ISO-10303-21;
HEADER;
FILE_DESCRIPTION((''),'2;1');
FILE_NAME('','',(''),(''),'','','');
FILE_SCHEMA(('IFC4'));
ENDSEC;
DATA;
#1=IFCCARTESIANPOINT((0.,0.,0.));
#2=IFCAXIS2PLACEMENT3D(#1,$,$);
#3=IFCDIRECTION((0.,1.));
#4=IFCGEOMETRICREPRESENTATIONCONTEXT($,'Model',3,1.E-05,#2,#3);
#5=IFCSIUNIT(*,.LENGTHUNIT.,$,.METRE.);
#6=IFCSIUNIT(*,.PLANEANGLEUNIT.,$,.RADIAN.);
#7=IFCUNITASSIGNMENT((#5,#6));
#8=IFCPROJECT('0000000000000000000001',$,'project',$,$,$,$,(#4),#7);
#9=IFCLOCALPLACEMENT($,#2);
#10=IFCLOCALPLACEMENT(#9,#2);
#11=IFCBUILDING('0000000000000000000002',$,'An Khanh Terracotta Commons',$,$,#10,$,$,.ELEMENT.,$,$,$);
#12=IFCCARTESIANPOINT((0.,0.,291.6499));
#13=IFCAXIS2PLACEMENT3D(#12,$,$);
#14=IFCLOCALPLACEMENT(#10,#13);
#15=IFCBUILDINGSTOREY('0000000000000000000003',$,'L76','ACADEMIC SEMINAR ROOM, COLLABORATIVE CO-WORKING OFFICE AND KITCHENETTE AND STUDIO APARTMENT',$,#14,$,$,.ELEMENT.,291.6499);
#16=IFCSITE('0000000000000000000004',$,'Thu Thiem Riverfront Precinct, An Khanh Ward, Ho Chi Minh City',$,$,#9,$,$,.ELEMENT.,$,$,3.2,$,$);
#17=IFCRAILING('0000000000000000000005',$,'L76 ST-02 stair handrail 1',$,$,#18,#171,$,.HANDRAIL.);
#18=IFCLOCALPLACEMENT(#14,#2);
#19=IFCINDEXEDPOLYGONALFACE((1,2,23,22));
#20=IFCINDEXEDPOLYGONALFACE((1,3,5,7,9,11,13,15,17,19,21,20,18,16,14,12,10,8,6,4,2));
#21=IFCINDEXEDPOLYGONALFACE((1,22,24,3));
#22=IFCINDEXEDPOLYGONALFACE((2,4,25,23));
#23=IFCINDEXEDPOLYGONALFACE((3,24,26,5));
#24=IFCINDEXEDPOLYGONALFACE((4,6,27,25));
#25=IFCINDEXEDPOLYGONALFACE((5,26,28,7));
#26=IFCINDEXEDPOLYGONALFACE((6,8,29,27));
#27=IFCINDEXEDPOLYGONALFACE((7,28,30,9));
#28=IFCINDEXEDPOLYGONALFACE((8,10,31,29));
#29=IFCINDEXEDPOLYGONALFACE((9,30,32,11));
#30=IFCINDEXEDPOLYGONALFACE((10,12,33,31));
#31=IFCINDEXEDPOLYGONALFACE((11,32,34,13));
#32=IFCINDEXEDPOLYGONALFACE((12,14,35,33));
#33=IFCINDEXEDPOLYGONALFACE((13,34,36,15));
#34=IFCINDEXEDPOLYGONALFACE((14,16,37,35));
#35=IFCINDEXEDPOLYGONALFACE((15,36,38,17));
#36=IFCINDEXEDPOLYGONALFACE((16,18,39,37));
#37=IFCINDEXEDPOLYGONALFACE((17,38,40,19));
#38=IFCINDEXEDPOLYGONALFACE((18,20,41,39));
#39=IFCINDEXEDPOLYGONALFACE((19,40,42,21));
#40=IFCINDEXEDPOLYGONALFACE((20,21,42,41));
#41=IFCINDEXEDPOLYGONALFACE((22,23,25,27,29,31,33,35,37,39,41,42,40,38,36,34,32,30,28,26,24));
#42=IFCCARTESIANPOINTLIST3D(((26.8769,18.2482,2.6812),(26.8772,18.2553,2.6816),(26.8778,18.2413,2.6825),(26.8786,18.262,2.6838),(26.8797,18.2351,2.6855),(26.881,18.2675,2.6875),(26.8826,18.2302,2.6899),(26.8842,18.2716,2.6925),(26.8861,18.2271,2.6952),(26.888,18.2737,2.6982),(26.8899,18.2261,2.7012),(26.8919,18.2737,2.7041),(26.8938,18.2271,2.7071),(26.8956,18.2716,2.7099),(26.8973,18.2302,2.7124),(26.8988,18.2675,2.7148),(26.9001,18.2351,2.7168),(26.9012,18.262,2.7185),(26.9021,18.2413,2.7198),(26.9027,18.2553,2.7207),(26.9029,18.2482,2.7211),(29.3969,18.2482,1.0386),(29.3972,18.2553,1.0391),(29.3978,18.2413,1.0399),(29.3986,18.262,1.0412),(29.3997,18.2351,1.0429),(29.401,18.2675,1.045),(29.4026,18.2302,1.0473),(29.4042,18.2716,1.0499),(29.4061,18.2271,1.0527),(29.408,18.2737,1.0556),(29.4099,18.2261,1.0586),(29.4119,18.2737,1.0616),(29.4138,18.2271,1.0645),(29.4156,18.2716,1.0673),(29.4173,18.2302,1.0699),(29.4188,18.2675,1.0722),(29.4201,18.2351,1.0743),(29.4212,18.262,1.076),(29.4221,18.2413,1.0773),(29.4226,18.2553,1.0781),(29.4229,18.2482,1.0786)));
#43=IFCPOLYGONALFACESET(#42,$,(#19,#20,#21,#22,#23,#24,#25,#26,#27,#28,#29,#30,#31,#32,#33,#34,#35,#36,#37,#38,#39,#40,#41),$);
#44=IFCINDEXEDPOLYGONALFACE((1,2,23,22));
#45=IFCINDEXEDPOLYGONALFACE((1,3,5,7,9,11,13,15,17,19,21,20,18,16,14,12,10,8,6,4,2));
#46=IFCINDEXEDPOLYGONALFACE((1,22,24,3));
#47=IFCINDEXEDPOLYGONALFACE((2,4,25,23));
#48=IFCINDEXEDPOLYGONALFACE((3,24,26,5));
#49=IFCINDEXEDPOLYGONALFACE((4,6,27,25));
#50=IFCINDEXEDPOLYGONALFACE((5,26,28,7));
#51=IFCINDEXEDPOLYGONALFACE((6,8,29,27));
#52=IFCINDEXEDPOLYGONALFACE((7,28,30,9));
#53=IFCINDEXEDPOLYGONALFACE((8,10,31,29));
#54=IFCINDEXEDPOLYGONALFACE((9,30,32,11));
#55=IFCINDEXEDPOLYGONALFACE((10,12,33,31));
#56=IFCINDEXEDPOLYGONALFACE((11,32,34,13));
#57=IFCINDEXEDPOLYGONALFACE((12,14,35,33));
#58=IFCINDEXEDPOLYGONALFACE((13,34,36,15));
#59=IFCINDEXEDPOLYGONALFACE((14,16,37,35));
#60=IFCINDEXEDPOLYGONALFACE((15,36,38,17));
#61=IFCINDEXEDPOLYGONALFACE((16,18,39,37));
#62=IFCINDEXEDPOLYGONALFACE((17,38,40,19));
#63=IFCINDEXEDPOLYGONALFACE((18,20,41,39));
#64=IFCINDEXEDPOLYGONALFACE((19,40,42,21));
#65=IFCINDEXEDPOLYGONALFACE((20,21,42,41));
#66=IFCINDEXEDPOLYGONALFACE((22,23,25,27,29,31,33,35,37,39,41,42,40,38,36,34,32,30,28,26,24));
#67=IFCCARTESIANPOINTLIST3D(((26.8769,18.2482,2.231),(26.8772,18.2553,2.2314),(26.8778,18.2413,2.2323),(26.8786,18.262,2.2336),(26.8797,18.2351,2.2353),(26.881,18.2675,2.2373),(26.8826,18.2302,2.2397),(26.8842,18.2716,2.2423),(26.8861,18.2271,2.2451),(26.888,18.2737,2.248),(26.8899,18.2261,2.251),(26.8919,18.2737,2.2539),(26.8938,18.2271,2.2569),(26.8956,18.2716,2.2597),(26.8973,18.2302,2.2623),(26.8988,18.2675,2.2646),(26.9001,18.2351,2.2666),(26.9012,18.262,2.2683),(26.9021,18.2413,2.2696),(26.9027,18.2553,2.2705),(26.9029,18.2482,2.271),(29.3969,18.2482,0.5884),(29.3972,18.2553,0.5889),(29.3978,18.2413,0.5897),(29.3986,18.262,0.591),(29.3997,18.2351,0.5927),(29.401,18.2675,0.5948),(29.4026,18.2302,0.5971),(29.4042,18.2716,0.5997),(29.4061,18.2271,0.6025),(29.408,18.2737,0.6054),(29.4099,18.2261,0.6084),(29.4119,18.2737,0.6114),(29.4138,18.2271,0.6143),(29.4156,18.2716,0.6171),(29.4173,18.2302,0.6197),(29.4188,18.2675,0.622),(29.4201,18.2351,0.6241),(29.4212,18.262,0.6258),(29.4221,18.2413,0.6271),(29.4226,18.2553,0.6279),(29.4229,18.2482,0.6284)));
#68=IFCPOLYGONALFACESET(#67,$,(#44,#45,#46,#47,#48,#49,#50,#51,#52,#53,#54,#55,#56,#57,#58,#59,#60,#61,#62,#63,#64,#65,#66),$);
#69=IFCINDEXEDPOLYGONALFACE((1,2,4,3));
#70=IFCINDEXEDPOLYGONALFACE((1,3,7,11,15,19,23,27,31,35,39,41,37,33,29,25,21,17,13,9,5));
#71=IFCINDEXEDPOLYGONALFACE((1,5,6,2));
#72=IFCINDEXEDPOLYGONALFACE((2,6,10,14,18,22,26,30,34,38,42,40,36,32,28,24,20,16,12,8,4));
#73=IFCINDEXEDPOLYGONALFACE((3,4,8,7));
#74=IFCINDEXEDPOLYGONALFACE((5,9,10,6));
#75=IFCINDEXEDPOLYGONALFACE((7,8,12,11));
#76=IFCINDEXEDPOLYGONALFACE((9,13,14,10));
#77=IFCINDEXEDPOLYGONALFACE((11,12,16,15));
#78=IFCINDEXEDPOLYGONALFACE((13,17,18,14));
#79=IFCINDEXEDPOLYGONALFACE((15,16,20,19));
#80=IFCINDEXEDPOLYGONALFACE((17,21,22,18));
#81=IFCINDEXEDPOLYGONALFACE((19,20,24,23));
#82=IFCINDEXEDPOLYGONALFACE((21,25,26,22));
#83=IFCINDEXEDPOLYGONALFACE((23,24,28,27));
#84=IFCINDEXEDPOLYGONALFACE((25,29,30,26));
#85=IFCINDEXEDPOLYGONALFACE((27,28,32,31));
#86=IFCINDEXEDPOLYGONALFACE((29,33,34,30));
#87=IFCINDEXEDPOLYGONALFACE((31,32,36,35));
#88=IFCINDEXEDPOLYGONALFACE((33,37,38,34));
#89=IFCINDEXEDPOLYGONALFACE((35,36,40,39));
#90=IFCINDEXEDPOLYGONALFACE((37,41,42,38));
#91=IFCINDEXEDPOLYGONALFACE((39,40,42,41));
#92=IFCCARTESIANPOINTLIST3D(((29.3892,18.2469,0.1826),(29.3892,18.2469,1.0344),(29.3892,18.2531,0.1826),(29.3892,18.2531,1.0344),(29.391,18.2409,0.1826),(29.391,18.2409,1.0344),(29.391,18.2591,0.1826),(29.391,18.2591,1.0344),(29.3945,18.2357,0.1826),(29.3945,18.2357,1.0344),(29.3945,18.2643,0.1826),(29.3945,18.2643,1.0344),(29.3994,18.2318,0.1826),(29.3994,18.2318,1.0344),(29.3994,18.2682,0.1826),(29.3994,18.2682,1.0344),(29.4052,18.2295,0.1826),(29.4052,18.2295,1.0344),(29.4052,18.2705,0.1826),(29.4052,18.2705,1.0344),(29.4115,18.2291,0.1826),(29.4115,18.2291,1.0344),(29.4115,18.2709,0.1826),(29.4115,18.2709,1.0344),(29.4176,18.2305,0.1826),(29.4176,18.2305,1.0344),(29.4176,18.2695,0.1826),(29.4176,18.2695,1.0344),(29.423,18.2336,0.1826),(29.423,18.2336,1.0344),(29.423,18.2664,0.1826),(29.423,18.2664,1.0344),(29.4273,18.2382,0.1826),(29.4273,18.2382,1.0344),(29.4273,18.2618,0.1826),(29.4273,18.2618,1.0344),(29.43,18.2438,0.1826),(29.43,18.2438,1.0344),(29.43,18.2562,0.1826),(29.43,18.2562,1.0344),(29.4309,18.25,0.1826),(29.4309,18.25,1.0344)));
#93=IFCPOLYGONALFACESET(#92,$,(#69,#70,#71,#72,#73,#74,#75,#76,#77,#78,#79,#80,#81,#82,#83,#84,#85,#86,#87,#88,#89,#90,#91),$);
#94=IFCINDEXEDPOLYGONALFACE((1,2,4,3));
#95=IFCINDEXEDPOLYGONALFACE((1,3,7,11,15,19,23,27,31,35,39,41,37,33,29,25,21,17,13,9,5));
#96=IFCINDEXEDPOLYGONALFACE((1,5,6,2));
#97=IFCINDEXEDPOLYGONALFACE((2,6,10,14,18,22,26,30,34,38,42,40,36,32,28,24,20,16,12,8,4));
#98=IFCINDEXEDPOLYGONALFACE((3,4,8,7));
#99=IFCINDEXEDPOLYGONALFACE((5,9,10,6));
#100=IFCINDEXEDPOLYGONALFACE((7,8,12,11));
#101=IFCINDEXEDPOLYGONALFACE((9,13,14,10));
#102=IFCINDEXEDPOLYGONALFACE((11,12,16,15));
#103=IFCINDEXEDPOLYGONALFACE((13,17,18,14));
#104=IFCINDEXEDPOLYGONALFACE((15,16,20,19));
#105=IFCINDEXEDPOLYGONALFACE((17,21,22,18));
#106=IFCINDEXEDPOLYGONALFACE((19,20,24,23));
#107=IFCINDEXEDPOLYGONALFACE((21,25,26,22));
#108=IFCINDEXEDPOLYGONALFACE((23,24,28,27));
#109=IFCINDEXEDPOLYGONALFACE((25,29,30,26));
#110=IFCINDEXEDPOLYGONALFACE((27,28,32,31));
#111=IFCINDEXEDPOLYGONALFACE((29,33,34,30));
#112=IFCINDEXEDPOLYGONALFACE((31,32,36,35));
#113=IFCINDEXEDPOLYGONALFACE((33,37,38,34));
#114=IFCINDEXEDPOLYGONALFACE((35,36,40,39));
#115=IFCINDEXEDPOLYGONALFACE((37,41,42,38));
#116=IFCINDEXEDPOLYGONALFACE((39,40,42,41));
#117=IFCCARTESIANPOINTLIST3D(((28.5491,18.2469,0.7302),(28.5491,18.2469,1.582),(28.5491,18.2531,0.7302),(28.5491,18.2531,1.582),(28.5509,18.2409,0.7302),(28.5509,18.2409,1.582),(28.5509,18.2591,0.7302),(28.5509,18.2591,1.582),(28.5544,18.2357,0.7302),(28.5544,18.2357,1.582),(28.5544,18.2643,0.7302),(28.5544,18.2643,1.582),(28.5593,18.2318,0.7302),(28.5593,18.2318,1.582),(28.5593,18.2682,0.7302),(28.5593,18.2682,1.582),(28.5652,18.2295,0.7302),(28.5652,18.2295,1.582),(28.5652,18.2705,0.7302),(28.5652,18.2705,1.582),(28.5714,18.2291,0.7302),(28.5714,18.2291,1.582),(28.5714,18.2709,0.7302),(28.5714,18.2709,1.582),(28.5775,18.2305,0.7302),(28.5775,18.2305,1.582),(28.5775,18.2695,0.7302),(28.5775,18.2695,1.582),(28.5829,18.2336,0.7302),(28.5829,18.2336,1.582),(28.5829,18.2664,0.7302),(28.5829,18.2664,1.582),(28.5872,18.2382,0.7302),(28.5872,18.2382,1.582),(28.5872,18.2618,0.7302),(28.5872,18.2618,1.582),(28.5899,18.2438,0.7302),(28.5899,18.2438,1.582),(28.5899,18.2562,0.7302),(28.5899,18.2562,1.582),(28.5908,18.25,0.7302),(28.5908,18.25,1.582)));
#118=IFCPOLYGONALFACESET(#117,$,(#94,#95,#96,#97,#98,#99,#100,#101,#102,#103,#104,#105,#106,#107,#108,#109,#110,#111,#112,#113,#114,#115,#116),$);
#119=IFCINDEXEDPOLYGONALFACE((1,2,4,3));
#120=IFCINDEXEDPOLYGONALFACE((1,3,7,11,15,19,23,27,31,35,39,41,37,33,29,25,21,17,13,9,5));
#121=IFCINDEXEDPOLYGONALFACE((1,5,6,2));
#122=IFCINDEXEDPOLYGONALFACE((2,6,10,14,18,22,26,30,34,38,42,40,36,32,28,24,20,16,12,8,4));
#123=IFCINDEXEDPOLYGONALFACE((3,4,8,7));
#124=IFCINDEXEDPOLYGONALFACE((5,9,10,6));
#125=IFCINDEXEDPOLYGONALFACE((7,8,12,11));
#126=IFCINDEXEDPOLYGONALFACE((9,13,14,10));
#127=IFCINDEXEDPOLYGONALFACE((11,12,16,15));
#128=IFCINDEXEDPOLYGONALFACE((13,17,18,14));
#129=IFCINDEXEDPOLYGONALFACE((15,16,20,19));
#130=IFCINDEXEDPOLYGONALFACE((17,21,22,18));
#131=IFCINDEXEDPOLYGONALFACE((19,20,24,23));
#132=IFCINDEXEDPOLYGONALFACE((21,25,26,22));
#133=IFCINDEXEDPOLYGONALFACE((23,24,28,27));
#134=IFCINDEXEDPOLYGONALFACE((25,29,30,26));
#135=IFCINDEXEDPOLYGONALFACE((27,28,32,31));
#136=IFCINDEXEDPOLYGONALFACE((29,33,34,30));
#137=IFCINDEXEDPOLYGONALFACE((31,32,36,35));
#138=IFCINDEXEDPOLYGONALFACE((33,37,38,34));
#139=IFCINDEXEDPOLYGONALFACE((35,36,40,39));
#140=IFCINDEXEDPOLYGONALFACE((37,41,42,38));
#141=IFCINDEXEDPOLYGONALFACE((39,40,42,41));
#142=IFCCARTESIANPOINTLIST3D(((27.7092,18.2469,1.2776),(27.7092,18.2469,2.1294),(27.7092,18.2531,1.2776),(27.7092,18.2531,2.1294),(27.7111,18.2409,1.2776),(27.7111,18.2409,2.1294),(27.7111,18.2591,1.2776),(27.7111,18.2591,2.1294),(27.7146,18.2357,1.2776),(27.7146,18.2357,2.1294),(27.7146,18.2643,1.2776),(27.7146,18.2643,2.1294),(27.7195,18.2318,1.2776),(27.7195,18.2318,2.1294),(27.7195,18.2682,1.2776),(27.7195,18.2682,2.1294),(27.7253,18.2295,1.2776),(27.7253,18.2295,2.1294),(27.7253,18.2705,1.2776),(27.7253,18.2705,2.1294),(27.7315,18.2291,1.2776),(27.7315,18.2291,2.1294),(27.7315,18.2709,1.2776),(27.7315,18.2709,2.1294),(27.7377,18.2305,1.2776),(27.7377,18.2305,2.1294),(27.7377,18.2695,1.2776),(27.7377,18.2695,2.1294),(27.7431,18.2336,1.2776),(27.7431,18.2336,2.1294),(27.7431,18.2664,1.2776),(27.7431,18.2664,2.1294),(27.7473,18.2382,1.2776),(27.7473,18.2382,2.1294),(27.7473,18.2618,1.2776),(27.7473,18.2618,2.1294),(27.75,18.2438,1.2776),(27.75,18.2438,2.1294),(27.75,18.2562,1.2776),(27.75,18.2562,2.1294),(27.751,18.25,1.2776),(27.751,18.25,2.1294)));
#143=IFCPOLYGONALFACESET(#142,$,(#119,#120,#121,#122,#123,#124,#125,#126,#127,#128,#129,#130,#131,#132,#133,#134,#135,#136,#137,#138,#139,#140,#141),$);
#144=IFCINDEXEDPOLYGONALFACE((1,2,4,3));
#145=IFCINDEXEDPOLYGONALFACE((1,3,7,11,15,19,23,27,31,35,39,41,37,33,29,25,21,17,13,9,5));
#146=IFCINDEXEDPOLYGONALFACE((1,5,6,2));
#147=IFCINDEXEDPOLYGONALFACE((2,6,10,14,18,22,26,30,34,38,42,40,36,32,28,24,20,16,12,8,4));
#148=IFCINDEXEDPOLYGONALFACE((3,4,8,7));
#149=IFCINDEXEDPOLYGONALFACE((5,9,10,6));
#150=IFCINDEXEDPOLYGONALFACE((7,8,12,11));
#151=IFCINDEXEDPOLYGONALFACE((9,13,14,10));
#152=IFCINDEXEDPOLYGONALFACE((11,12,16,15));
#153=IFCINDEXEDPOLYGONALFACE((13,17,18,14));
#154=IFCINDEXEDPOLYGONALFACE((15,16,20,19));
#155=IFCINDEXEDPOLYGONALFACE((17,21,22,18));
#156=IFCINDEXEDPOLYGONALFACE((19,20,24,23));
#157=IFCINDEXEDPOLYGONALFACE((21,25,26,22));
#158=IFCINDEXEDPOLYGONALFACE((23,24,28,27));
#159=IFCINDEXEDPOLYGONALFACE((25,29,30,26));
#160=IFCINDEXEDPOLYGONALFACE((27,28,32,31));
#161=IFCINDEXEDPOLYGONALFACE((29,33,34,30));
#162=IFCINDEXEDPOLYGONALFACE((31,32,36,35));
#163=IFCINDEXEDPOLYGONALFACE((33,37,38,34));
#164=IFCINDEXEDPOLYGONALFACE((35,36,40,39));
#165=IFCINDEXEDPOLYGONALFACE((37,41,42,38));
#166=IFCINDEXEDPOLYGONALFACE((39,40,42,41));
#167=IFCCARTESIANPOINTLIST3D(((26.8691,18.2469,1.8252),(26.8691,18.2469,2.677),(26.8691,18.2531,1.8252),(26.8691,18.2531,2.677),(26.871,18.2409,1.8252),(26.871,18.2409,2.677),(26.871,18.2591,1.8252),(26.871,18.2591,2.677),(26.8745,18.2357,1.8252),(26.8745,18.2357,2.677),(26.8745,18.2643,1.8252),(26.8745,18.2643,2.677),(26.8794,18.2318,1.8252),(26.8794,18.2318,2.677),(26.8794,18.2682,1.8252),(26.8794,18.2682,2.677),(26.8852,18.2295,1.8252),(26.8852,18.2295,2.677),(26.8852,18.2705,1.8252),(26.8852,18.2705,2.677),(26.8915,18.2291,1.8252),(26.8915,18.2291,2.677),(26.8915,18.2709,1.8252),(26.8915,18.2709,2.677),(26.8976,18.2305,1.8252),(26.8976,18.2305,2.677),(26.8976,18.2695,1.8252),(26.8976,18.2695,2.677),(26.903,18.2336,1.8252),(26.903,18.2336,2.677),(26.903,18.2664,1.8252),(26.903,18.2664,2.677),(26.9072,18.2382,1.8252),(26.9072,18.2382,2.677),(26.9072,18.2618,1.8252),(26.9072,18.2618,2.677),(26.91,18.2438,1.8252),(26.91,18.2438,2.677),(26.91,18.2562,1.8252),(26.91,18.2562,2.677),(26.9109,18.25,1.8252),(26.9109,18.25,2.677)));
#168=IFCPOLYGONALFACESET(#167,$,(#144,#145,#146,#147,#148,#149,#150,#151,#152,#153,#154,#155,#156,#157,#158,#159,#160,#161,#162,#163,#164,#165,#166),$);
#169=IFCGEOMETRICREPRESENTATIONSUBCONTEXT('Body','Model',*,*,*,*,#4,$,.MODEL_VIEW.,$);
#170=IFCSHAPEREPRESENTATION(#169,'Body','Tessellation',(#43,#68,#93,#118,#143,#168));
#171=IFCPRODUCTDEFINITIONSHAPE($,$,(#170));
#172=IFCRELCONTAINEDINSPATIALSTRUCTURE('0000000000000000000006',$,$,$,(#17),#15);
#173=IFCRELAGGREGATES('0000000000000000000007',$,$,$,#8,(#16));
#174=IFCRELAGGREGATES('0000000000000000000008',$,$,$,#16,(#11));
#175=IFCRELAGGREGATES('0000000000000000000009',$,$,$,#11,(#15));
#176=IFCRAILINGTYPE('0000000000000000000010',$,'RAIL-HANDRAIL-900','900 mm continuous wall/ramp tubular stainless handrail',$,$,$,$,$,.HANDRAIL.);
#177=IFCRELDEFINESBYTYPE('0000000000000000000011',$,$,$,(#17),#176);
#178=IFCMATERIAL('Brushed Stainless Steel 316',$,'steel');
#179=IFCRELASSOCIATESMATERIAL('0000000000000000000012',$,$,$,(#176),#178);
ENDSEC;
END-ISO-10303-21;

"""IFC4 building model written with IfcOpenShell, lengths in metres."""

from ifc_helpers import new_model, si_unit, direction, frame, origin, origin_2d, place, context, subcontext, project, spatial, circle, extrude, material, type_object, element, save


model = new_model("IFC4")

# Units and contexts
model_context = context("Model", 3, precision=1e-05, world=origin(), true_north=direction((0.0, 1.0)))
body_context = subcontext(model_context, "Body", "Model", "MODEL_VIEW")
ifc_project = project(units=[si_unit("LENGTHUNIT", "METRE"), si_unit("PLANEANGLEUNIT", "RADIAN")], contexts=[model_context])

# Site, building, storey
site_placement = place(None, origin())
site = spatial("IfcSite", under=ifc_project, at=site_placement, Name="Thu Thiem Riverfront Precinct, An Khanh Ward, Ho Chi Minh City", CompositionType="ELEMENT", RefElevation=3.2)
building_placement = place(site_placement, origin())
building = spatial("IfcBuilding", under=site, at=building_placement, Name="An Khanh Terracotta Commons", CompositionType="ELEMENT")
storey_placement = place(building_placement, frame((0.0, 0.0, 291.6499)))
storey = spatial("IfcBuildingStorey", under=building, at=storey_placement, Name="L76", Description="ACADEMIC SEMINAR ROOM, COLLABORATIVE CO-WORKING OFFICE AND KITCHENETTE AND STUDIO APARTMENT", CompositionType="ELEMENT", Elevation=291.6499)

# Railing
ifc_material_1 = material(Name="Brushed Stainless Steel 316", Category="steel")
railing_type_1 = type_object("IfcRailingType", Name="RAIL-HANDRAIL-900", Description="900 mm continuous wall/ramp tubular stainless handrail", PredefinedType="HANDRAIL", material=ifc_material_1)
railing_1_placement = place(storey_placement, frame((29.4099, 18.25, 0.1826)))
element("IfcRailing", 1, at=railing_1_placement, inside=storey, type_object=railing_type_1, Name="L76 ST-02 stair handrail 1", PredefinedType="HANDRAIL", context=body_context, shape_type="SweptSolid", body=[
    extrude(circle(Radius=0.0239, at=origin_2d()), frame((0.0, 0.0, 0.876), z_axis=(-0.837749, 0.0, 0.546055), x_axis=(0.0, -1.0, 0.0)), (0.0, 0.0, 1.0), 3.0081),
    extrude(circle(Radius=0.0239, at=origin_2d()), frame((0.0, 0.0, 0.4258), z_axis=(-0.837749, 0.0, 0.546055), x_axis=(0.0, -1.0, 0.0)), (0.0, 0.0, 1.0), 3.0081),
    extrude(circle(Radius=0.021, at=origin_2d()), origin(), (0.0, 0.0, 1.0), 0.8518),
    extrude(circle(Radius=0.021, at=origin_2d()), frame((-0.8401, 0.0, 0.5476)), (0.0, 0.0, 1.0), 0.8518),
    extrude(circle(Radius=0.021, at=origin_2d()), frame((-1.6799, 0.0, 1.095)), (0.0, 0.0, 1.0), 0.8518),
    extrude(circle(Radius=0.021, at=origin_2d()), frame((-2.52, 0.0, 1.6426)), (0.0, 0.0, 1.0), 0.8518),
])

save(model, "model.ifc")
